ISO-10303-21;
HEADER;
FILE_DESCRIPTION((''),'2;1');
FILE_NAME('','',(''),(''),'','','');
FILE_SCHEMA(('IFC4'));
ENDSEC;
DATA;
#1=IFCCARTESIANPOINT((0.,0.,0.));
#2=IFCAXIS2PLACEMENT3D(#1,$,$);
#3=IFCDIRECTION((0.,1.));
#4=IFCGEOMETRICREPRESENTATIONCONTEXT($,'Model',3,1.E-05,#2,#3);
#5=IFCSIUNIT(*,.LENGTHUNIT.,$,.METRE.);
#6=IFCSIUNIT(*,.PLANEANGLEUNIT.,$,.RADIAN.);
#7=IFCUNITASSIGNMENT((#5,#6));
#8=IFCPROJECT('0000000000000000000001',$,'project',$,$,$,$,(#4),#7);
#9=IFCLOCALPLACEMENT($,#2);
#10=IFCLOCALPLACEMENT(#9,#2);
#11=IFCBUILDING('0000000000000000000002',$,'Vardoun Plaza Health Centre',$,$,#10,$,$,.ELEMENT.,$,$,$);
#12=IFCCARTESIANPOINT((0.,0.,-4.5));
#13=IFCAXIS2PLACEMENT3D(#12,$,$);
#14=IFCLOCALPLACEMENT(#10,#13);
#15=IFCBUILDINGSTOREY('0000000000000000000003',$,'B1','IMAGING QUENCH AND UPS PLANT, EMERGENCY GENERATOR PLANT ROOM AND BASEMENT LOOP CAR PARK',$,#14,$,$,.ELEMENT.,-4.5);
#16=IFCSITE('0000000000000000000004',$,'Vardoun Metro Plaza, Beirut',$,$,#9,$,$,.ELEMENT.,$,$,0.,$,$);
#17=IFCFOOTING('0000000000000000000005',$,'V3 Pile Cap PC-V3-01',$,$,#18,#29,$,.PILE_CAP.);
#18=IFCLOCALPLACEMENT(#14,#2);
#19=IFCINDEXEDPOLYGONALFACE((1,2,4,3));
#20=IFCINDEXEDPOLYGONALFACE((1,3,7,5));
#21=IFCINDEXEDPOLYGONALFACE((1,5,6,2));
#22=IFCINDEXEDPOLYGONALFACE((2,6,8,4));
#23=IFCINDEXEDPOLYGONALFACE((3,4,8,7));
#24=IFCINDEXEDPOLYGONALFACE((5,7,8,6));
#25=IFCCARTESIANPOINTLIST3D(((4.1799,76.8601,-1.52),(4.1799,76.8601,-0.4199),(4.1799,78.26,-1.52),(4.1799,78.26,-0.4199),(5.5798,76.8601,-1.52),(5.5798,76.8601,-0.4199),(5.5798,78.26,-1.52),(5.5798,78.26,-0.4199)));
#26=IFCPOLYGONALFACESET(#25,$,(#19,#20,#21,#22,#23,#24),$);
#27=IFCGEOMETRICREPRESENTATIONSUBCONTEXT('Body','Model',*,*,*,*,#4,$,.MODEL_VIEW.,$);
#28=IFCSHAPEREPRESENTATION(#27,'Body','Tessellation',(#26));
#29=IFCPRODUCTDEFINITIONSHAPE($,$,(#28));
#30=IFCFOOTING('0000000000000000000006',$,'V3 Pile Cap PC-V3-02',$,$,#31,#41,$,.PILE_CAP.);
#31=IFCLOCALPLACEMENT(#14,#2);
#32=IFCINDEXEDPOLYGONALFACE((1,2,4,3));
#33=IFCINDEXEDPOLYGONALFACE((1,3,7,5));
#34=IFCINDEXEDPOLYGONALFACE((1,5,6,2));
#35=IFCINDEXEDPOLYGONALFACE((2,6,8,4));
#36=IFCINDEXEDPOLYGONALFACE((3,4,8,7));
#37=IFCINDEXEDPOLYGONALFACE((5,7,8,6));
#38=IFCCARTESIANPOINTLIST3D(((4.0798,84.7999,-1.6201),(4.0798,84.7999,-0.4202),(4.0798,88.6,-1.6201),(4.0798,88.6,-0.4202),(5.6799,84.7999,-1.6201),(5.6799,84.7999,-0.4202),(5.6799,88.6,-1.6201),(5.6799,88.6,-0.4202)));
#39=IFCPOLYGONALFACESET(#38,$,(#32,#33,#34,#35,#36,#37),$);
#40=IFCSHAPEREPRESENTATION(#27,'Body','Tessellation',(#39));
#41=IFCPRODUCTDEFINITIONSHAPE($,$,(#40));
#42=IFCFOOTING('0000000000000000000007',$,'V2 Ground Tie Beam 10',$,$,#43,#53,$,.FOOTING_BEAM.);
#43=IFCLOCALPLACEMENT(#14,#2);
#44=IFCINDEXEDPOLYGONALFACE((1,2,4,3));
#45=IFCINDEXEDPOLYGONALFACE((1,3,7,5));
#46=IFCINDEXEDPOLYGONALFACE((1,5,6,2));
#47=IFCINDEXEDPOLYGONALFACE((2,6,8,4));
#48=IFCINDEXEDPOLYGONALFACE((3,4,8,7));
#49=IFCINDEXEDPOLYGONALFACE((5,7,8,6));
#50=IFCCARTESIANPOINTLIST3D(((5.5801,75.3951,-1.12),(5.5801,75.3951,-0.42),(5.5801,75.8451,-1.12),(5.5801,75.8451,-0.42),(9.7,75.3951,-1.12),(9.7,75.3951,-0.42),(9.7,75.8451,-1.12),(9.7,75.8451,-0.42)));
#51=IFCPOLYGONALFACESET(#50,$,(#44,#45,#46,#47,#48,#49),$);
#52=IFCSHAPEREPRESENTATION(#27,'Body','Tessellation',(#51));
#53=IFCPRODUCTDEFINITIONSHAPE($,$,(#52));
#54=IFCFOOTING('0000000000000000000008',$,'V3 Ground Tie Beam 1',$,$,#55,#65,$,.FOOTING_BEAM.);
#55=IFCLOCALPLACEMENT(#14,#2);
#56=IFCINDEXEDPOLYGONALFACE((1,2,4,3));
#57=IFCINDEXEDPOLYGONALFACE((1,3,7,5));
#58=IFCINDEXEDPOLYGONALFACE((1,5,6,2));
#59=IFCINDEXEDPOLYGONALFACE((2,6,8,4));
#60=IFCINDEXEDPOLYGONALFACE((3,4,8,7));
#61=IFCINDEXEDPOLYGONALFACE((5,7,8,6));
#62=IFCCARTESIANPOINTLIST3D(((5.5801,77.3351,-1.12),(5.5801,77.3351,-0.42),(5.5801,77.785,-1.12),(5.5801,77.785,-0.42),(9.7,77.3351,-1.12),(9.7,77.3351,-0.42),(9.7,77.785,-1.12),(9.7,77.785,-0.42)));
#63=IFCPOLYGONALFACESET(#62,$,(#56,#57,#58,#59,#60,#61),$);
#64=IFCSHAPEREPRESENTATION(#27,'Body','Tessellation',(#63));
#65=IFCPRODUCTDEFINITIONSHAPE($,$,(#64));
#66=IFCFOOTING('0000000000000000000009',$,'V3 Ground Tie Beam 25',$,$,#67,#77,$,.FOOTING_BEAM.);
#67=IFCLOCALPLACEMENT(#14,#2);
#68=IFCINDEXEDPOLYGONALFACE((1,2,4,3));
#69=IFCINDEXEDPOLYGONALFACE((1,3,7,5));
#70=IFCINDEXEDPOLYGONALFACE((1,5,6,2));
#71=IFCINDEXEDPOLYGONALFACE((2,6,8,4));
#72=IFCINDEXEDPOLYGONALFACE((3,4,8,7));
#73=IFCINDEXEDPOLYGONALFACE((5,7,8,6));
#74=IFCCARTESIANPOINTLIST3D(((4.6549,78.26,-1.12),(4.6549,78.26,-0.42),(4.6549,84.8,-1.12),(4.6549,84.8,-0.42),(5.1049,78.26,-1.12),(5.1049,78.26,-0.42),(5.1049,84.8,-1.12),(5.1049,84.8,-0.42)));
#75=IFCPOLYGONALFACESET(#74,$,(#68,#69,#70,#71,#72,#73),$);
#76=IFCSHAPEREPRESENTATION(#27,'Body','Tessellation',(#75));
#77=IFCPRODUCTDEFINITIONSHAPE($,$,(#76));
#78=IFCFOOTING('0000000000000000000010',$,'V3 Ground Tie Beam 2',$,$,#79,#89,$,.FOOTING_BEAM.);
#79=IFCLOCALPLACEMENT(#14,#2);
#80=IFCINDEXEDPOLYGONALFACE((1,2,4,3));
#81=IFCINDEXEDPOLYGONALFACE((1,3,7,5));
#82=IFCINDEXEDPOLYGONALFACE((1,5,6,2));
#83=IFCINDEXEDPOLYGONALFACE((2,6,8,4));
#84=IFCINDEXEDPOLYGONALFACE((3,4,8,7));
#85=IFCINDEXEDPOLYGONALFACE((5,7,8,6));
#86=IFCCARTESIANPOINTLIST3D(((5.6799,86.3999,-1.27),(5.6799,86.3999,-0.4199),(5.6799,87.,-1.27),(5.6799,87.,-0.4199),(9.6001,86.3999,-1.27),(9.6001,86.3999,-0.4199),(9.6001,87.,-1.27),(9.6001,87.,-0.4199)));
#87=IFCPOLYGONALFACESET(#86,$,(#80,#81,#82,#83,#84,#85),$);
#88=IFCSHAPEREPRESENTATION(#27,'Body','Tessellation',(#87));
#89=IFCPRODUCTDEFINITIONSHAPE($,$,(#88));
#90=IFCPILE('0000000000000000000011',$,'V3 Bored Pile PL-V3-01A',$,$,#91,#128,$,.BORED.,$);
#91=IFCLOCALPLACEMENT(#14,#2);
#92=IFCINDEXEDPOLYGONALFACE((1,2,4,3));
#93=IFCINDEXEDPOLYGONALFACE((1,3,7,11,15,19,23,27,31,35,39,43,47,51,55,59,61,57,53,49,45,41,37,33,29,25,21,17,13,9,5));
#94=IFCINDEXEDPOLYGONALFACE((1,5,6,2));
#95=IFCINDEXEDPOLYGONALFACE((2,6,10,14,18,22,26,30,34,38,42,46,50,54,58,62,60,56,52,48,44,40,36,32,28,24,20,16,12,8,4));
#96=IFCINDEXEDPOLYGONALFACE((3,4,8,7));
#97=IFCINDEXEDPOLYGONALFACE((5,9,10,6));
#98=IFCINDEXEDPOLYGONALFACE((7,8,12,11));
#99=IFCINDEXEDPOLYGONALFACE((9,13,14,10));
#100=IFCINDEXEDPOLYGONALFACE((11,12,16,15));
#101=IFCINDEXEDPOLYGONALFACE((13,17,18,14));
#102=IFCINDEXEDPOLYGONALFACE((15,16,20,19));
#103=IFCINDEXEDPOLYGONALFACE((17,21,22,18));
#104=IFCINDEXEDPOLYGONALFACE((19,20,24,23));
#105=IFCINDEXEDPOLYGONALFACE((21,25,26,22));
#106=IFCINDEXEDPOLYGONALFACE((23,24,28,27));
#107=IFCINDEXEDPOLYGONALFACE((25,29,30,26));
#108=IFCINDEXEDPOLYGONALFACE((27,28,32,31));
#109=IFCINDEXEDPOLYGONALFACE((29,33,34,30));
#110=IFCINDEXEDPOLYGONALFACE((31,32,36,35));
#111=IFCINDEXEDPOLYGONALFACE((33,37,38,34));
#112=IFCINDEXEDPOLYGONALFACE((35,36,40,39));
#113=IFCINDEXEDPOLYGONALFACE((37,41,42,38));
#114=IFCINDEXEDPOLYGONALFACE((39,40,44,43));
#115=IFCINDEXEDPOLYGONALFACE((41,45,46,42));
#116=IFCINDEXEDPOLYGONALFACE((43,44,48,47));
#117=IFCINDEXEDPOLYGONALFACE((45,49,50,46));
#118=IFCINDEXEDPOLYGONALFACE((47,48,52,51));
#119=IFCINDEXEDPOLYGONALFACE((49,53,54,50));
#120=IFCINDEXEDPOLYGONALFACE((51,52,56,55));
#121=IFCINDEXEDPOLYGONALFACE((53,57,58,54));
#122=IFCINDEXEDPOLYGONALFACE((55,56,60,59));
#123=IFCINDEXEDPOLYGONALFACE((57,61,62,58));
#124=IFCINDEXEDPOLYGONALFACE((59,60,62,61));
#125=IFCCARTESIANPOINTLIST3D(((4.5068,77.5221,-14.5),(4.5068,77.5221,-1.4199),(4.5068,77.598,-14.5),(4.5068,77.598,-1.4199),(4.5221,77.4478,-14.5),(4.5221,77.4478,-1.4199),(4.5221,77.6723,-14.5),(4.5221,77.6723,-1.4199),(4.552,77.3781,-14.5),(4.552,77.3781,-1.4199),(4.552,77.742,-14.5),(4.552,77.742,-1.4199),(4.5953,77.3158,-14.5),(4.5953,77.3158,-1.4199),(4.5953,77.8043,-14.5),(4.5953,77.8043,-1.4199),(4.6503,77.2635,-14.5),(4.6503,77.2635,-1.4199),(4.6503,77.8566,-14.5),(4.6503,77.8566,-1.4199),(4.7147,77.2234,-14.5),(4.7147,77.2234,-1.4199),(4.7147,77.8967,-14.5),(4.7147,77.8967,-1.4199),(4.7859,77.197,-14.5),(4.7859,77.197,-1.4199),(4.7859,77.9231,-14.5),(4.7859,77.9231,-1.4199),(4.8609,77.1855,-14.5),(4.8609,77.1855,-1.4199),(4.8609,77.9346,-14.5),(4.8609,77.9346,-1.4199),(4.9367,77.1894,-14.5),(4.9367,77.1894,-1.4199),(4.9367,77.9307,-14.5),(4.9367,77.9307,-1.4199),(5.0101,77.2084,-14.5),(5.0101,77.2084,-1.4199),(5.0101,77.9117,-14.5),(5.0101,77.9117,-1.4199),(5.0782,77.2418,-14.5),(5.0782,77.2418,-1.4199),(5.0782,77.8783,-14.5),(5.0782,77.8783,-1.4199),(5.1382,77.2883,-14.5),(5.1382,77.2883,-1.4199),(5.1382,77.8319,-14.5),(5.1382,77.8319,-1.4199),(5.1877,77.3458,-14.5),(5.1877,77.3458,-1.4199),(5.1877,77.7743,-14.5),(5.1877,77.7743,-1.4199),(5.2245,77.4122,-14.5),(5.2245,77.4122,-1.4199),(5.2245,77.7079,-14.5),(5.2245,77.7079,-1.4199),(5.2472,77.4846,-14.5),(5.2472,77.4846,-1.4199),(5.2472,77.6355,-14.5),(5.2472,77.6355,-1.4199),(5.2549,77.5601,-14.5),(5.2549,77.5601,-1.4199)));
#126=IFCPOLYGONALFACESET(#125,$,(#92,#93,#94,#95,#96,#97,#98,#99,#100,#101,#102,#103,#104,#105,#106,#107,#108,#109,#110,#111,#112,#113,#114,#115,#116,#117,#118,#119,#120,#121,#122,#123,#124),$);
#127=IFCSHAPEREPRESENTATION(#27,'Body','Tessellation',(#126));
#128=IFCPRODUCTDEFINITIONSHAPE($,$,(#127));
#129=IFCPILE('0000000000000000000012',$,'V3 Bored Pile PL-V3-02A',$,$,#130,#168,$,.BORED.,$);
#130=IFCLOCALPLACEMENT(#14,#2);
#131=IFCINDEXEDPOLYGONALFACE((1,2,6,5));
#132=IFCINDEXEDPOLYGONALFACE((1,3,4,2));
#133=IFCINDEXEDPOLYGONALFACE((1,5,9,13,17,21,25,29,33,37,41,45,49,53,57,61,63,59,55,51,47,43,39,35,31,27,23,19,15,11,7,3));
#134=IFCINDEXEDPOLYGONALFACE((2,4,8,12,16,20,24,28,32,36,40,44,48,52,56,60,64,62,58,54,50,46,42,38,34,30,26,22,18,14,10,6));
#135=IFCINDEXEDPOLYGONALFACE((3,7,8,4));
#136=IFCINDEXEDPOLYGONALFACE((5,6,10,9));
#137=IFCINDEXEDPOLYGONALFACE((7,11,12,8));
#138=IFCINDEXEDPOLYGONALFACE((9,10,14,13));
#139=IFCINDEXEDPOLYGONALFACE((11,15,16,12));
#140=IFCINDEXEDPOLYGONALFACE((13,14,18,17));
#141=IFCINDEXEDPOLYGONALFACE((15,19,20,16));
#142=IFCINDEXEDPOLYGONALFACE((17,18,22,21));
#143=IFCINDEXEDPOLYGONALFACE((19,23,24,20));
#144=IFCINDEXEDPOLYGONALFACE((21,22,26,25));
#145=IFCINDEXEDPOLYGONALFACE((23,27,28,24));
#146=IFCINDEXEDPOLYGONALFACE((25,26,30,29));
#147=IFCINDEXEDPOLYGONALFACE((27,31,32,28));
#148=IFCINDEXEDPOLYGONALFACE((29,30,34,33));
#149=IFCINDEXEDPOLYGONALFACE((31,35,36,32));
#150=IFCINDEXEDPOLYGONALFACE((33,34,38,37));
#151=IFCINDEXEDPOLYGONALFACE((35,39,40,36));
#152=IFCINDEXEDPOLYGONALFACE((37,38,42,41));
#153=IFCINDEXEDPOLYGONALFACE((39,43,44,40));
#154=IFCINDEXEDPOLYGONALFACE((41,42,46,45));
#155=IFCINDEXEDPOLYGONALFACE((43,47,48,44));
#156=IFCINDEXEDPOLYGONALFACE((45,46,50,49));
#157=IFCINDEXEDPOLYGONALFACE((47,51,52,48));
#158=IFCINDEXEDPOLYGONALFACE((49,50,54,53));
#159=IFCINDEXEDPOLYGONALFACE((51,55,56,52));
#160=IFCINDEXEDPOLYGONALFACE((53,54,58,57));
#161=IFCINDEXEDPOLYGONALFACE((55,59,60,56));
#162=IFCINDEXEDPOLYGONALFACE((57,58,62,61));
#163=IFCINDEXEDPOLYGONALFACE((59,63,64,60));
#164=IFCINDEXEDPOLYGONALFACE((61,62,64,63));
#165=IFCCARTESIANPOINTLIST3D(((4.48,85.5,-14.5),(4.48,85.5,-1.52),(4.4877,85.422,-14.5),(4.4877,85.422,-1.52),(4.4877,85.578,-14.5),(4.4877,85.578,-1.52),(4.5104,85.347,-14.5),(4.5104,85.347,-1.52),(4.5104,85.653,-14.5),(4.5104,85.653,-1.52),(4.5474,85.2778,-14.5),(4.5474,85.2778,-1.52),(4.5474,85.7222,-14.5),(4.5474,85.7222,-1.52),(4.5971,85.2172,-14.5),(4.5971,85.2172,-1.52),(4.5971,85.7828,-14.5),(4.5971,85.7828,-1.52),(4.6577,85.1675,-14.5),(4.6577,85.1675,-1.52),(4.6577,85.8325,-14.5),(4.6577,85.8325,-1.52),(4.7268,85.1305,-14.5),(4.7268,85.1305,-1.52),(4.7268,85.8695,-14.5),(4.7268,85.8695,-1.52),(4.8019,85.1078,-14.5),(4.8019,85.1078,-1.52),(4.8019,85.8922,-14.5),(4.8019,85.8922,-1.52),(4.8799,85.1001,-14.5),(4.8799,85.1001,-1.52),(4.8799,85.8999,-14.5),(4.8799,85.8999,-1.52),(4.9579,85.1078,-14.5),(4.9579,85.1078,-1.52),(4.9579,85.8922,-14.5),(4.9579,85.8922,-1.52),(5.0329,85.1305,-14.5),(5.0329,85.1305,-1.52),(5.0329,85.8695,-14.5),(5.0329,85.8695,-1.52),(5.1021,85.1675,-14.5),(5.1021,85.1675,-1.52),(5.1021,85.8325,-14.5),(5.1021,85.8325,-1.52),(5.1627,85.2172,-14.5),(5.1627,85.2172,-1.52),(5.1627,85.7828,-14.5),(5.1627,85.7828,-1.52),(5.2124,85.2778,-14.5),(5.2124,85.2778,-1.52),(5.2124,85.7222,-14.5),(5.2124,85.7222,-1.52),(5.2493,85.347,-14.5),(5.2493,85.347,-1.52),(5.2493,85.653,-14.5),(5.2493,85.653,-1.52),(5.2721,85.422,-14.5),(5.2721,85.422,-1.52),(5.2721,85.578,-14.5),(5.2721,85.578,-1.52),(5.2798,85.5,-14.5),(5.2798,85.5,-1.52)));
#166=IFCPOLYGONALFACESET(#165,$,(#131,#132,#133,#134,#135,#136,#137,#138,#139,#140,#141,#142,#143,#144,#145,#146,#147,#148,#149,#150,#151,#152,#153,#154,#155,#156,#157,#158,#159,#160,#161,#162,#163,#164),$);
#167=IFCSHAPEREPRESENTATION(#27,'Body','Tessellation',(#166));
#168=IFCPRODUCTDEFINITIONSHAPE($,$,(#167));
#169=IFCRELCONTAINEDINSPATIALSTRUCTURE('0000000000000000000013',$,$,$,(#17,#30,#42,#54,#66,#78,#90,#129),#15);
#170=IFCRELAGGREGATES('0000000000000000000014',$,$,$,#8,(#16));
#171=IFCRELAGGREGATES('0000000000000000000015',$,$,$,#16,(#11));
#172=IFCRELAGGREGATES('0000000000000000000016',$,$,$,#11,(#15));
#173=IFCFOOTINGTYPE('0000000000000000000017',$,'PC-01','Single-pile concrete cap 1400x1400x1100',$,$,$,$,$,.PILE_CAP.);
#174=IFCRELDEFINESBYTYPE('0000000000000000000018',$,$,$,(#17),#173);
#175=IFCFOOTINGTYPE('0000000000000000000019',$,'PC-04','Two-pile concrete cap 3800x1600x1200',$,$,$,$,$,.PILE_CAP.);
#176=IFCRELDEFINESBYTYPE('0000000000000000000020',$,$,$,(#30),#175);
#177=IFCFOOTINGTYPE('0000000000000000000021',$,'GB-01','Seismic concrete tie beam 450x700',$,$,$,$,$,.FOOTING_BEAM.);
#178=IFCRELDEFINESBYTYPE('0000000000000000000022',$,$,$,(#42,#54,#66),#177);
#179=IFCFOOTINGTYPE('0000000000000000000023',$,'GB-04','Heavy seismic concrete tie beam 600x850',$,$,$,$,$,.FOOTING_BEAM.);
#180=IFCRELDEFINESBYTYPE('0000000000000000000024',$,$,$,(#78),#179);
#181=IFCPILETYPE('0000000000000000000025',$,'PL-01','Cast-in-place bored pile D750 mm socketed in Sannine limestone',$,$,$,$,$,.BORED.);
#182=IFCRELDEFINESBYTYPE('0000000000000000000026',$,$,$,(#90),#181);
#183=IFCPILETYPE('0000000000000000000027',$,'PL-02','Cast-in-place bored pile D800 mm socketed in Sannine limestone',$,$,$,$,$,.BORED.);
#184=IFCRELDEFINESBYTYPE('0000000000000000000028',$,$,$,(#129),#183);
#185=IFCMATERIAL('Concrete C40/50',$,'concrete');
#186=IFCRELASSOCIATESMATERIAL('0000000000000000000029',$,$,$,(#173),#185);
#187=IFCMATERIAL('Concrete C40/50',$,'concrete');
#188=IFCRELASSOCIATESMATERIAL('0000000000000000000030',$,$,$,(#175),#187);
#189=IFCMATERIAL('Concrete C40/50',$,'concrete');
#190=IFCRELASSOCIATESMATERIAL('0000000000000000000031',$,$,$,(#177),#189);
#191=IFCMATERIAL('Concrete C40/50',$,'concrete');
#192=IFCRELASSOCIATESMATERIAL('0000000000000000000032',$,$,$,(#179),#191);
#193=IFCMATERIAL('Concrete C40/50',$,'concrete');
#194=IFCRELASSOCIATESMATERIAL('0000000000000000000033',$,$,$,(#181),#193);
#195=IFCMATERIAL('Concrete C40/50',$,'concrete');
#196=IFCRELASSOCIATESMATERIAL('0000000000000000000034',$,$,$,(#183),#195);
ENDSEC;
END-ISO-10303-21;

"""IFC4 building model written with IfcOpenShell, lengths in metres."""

from ifc_helpers import new_model, si_unit, direction, frame, origin, origin_2d, place, context, subcontext, project, spatial, rectangle, circle, extrude, material, material_profile, profile_set, type_object, element, save


model = new_model("IFC4")

# Units and contexts
model_context = context("Model", 3, precision=1e-05, world=origin(), true_north=direction((0.0, 1.0)))
body_context = subcontext(model_context, "Body", "Model", "MODEL_VIEW")
ifc_project = project(units=[si_unit("LENGTHUNIT", "METRE"), si_unit("PLANEANGLEUNIT", "RADIAN")], contexts=[model_context])

# Site, building, storey
site_placement = place(None, origin())
site = spatial("IfcSite", under=ifc_project, at=site_placement, Name="Vardoun Metro Plaza, Beirut", CompositionType="ELEMENT", RefElevation=0.0)
building_placement = place(site_placement, origin())
building = spatial("IfcBuilding", under=site, at=building_placement, Name="Vardoun Plaza Health Centre", CompositionType="ELEMENT")
storey_placement = place(building_placement, frame((0.0, 0.0, -4.5)))
storey = spatial("IfcBuildingStorey", under=building, at=storey_placement, Name="B1", Description="IMAGING QUENCH AND UPS PLANT, EMERGENCY GENERATOR PLANT ROOM AND BASEMENT LOOP CAR PARK", CompositionType="ELEMENT", Elevation=-4.5)

# Footings
ifc_material_1 = material(Name="Concrete C40/50", Category="concrete")
footing_type_1 = type_object("IfcFootingType", Name="PC-01", Description="Single-pile concrete cap 1400x1400x1100", PredefinedType="PILE_CAP", material=ifc_material_1)
footing_1_placement = place(storey_placement, frame((4.8799, 77.5601, -1.52), z_axis=(0.0, 0.0, 1.0), x_axis=(1.0, 0.0, 0.0)))
element("IfcFooting", 1, at=footing_1_placement, inside=storey, type_object=footing_type_1, Name="V3 Pile Cap PC-V3-01", PredefinedType="PILE_CAP", context=body_context, shape_type="SweptSolid", body=[
    extrude(rectangle(XDim=1.3999, YDim=1.3999, at=origin_2d()), origin(), (0.0, 0.0, 1.0), 1.1001),
])
ifc_material_2 = material(Name="Concrete C40/50", Category="concrete")
footing_type_2 = type_object("IfcFootingType", Name="PC-04", Description="Two-pile concrete cap 3800x1600x1200", PredefinedType="PILE_CAP", material=ifc_material_2)
footing_2_placement = place(storey_placement, frame((4.8799, 86.7, -1.6201), z_axis=(0.0, 0.0, 1.0), x_axis=(0.0, 1.0, 0.0)))
element("IfcFooting", 2, at=footing_2_placement, inside=storey, type_object=footing_type_2, Name="V3 Pile Cap PC-V3-02", PredefinedType="PILE_CAP", context=body_context, shape_type="SweptSolid", body=[
    extrude(rectangle(XDim=3.8, YDim=1.6001, at=origin_2d()), origin(), (0.0, 0.0, 1.0), 1.2),
])
ifc_material_3 = material(Name="Concrete C40/50", Category="concrete")
ifc_material_profile_1 = material_profile(ifc_material_3, rectangle(XDim=0.45, YDim=0.7, at=origin_2d()), Name="GB 450x700")
ifc_profile_set_1 = profile_set([ifc_material_profile_1], Name="Concrete C40/50")
footing_type_3 = type_object("IfcFootingType", Name="GB-01", Description="Seismic concrete tie beam 450x700", PredefinedType="FOOTING_BEAM", material=ifc_profile_set_1)
for number, where, z_axis, x_axis, name in (
    (3, (5.5801, 75.6201, -0.77), (1.0, 0.0, 0.0), (0.0, 1.0, 0.0), "V2 Ground Tie Beam 10"),
    (4, (5.5801, 77.5601, -0.77), (1.0, 0.0, 0.0), (0.0, 1.0, 0.0), "V3 Ground Tie Beam 1"),
):
    element("IfcFooting", number, at=place(storey_placement, frame(where, z_axis=z_axis, x_axis=x_axis)), inside=storey, type_object=footing_type_3, Name=name, PredefinedType="FOOTING_BEAM", context=body_context, shape_type="SweptSolid", body=[
        extrude(rectangle(XDim=0.45, YDim=0.7, at=origin_2d()), origin(), (0.0, 0.0, 1.0), 4.1199),
    ])
footing_3_placement = place(storey_placement, frame((4.8799, 78.26, -0.77), z_axis=(0.0, 1.0, 0.0), x_axis=(-1.0, 0.0, 0.0)))
element("IfcFooting", 5, at=footing_3_placement, inside=storey, type_object=footing_type_3, Name="V3 Ground Tie Beam 25", PredefinedType="FOOTING_BEAM", context=body_context, shape_type="SweptSolid", body=[
    extrude(rectangle(XDim=0.45, YDim=0.7, at=origin_2d()), origin(), (0.0, 0.0, 1.0), 6.54),
])
ifc_material_4 = material(Name="Concrete C40/50", Category="concrete")
ifc_material_profile_2 = material_profile(ifc_material_4, rectangle(XDim=0.6001, YDim=0.8501, at=origin_2d()), Name="GB 600x850")
ifc_profile_set_2 = profile_set([ifc_material_profile_2], Name="Concrete C40/50")
footing_type_4 = type_object("IfcFootingType", Name="GB-04", Description="Heavy seismic concrete tie beam 600x850", PredefinedType="FOOTING_BEAM", material=ifc_profile_set_2)
footing_4_placement = place(storey_placement, frame((5.6799, 86.7, -0.845), z_axis=(1.0, 0.0, 0.0), x_axis=(0.0, 1.0, 0.0)))
element("IfcFooting", 6, at=footing_4_placement, inside=storey, type_object=footing_type_4, Name="V3 Ground Tie Beam 2", PredefinedType="FOOTING_BEAM", context=body_context, shape_type="SweptSolid", body=[
    extrude(rectangle(XDim=0.6001, YDim=0.8501, at=origin_2d()), origin(), (0.0, 0.0, 1.0), 3.9202),
])

# Piles
ifc_material_5 = material(Name="Concrete C40/50", Category="concrete")
ifc_material_profile_3 = material_profile(ifc_material_5, circle(Radius=0.375, at=origin_2d()), Name="PILE D750")
ifc_profile_set_3 = profile_set([ifc_material_profile_3], Name="Concrete C40/50")
pile_type_1 = type_object("IfcPileType", Name="PL-01", Description="Cast-in-place bored pile D750 mm socketed in Sannine limestone", PredefinedType="BORED", material=ifc_profile_set_3)
pile_1_placement = place(storey_placement, frame((4.8799, 77.5601, -1.4199), z_axis=(0.0, 0.0, -1.0), x_axis=(1.0, 0.0, 0.0)))
element("IfcPile", 7, at=pile_1_placement, inside=storey, type_object=pile_type_1, Name="V3 Bored Pile PL-V3-01A", PredefinedType="BORED", context=body_context, shape_type="SweptSolid", body=[
    extrude(circle(Radius=0.375, at=origin_2d()), origin(), (0.0, 0.0, 1.0), 13.0801),
])
ifc_material_6 = material(Name="Concrete C40/50", Category="concrete")
ifc_material_profile_4 = material_profile(ifc_material_6, circle(Radius=0.3999, at=origin_2d()), Name="PILE D800")
ifc_profile_set_4 = profile_set([ifc_material_profile_4], Name="Concrete C40/50")
pile_type_2 = type_object("IfcPileType", Name="PL-02", Description="Cast-in-place bored pile D800 mm socketed in Sannine limestone", PredefinedType="BORED", material=ifc_profile_set_4)
pile_2_placement = place(storey_placement, frame((4.8799, 85.5, -1.52), z_axis=(0.0, 0.0, -1.0), x_axis=(1.0, 0.0, 0.0)))
element("IfcPile", 8, at=pile_2_placement, inside=storey, type_object=pile_type_2, Name="V3 Bored Pile PL-V3-02A", PredefinedType="BORED", context=body_context, shape_type="SweptSolid", body=[
    extrude(circle(Radius=0.3999, at=origin_2d()), origin(), (0.0, 0.0, 1.0), 12.98),
])

save(model, "model.ifc")
